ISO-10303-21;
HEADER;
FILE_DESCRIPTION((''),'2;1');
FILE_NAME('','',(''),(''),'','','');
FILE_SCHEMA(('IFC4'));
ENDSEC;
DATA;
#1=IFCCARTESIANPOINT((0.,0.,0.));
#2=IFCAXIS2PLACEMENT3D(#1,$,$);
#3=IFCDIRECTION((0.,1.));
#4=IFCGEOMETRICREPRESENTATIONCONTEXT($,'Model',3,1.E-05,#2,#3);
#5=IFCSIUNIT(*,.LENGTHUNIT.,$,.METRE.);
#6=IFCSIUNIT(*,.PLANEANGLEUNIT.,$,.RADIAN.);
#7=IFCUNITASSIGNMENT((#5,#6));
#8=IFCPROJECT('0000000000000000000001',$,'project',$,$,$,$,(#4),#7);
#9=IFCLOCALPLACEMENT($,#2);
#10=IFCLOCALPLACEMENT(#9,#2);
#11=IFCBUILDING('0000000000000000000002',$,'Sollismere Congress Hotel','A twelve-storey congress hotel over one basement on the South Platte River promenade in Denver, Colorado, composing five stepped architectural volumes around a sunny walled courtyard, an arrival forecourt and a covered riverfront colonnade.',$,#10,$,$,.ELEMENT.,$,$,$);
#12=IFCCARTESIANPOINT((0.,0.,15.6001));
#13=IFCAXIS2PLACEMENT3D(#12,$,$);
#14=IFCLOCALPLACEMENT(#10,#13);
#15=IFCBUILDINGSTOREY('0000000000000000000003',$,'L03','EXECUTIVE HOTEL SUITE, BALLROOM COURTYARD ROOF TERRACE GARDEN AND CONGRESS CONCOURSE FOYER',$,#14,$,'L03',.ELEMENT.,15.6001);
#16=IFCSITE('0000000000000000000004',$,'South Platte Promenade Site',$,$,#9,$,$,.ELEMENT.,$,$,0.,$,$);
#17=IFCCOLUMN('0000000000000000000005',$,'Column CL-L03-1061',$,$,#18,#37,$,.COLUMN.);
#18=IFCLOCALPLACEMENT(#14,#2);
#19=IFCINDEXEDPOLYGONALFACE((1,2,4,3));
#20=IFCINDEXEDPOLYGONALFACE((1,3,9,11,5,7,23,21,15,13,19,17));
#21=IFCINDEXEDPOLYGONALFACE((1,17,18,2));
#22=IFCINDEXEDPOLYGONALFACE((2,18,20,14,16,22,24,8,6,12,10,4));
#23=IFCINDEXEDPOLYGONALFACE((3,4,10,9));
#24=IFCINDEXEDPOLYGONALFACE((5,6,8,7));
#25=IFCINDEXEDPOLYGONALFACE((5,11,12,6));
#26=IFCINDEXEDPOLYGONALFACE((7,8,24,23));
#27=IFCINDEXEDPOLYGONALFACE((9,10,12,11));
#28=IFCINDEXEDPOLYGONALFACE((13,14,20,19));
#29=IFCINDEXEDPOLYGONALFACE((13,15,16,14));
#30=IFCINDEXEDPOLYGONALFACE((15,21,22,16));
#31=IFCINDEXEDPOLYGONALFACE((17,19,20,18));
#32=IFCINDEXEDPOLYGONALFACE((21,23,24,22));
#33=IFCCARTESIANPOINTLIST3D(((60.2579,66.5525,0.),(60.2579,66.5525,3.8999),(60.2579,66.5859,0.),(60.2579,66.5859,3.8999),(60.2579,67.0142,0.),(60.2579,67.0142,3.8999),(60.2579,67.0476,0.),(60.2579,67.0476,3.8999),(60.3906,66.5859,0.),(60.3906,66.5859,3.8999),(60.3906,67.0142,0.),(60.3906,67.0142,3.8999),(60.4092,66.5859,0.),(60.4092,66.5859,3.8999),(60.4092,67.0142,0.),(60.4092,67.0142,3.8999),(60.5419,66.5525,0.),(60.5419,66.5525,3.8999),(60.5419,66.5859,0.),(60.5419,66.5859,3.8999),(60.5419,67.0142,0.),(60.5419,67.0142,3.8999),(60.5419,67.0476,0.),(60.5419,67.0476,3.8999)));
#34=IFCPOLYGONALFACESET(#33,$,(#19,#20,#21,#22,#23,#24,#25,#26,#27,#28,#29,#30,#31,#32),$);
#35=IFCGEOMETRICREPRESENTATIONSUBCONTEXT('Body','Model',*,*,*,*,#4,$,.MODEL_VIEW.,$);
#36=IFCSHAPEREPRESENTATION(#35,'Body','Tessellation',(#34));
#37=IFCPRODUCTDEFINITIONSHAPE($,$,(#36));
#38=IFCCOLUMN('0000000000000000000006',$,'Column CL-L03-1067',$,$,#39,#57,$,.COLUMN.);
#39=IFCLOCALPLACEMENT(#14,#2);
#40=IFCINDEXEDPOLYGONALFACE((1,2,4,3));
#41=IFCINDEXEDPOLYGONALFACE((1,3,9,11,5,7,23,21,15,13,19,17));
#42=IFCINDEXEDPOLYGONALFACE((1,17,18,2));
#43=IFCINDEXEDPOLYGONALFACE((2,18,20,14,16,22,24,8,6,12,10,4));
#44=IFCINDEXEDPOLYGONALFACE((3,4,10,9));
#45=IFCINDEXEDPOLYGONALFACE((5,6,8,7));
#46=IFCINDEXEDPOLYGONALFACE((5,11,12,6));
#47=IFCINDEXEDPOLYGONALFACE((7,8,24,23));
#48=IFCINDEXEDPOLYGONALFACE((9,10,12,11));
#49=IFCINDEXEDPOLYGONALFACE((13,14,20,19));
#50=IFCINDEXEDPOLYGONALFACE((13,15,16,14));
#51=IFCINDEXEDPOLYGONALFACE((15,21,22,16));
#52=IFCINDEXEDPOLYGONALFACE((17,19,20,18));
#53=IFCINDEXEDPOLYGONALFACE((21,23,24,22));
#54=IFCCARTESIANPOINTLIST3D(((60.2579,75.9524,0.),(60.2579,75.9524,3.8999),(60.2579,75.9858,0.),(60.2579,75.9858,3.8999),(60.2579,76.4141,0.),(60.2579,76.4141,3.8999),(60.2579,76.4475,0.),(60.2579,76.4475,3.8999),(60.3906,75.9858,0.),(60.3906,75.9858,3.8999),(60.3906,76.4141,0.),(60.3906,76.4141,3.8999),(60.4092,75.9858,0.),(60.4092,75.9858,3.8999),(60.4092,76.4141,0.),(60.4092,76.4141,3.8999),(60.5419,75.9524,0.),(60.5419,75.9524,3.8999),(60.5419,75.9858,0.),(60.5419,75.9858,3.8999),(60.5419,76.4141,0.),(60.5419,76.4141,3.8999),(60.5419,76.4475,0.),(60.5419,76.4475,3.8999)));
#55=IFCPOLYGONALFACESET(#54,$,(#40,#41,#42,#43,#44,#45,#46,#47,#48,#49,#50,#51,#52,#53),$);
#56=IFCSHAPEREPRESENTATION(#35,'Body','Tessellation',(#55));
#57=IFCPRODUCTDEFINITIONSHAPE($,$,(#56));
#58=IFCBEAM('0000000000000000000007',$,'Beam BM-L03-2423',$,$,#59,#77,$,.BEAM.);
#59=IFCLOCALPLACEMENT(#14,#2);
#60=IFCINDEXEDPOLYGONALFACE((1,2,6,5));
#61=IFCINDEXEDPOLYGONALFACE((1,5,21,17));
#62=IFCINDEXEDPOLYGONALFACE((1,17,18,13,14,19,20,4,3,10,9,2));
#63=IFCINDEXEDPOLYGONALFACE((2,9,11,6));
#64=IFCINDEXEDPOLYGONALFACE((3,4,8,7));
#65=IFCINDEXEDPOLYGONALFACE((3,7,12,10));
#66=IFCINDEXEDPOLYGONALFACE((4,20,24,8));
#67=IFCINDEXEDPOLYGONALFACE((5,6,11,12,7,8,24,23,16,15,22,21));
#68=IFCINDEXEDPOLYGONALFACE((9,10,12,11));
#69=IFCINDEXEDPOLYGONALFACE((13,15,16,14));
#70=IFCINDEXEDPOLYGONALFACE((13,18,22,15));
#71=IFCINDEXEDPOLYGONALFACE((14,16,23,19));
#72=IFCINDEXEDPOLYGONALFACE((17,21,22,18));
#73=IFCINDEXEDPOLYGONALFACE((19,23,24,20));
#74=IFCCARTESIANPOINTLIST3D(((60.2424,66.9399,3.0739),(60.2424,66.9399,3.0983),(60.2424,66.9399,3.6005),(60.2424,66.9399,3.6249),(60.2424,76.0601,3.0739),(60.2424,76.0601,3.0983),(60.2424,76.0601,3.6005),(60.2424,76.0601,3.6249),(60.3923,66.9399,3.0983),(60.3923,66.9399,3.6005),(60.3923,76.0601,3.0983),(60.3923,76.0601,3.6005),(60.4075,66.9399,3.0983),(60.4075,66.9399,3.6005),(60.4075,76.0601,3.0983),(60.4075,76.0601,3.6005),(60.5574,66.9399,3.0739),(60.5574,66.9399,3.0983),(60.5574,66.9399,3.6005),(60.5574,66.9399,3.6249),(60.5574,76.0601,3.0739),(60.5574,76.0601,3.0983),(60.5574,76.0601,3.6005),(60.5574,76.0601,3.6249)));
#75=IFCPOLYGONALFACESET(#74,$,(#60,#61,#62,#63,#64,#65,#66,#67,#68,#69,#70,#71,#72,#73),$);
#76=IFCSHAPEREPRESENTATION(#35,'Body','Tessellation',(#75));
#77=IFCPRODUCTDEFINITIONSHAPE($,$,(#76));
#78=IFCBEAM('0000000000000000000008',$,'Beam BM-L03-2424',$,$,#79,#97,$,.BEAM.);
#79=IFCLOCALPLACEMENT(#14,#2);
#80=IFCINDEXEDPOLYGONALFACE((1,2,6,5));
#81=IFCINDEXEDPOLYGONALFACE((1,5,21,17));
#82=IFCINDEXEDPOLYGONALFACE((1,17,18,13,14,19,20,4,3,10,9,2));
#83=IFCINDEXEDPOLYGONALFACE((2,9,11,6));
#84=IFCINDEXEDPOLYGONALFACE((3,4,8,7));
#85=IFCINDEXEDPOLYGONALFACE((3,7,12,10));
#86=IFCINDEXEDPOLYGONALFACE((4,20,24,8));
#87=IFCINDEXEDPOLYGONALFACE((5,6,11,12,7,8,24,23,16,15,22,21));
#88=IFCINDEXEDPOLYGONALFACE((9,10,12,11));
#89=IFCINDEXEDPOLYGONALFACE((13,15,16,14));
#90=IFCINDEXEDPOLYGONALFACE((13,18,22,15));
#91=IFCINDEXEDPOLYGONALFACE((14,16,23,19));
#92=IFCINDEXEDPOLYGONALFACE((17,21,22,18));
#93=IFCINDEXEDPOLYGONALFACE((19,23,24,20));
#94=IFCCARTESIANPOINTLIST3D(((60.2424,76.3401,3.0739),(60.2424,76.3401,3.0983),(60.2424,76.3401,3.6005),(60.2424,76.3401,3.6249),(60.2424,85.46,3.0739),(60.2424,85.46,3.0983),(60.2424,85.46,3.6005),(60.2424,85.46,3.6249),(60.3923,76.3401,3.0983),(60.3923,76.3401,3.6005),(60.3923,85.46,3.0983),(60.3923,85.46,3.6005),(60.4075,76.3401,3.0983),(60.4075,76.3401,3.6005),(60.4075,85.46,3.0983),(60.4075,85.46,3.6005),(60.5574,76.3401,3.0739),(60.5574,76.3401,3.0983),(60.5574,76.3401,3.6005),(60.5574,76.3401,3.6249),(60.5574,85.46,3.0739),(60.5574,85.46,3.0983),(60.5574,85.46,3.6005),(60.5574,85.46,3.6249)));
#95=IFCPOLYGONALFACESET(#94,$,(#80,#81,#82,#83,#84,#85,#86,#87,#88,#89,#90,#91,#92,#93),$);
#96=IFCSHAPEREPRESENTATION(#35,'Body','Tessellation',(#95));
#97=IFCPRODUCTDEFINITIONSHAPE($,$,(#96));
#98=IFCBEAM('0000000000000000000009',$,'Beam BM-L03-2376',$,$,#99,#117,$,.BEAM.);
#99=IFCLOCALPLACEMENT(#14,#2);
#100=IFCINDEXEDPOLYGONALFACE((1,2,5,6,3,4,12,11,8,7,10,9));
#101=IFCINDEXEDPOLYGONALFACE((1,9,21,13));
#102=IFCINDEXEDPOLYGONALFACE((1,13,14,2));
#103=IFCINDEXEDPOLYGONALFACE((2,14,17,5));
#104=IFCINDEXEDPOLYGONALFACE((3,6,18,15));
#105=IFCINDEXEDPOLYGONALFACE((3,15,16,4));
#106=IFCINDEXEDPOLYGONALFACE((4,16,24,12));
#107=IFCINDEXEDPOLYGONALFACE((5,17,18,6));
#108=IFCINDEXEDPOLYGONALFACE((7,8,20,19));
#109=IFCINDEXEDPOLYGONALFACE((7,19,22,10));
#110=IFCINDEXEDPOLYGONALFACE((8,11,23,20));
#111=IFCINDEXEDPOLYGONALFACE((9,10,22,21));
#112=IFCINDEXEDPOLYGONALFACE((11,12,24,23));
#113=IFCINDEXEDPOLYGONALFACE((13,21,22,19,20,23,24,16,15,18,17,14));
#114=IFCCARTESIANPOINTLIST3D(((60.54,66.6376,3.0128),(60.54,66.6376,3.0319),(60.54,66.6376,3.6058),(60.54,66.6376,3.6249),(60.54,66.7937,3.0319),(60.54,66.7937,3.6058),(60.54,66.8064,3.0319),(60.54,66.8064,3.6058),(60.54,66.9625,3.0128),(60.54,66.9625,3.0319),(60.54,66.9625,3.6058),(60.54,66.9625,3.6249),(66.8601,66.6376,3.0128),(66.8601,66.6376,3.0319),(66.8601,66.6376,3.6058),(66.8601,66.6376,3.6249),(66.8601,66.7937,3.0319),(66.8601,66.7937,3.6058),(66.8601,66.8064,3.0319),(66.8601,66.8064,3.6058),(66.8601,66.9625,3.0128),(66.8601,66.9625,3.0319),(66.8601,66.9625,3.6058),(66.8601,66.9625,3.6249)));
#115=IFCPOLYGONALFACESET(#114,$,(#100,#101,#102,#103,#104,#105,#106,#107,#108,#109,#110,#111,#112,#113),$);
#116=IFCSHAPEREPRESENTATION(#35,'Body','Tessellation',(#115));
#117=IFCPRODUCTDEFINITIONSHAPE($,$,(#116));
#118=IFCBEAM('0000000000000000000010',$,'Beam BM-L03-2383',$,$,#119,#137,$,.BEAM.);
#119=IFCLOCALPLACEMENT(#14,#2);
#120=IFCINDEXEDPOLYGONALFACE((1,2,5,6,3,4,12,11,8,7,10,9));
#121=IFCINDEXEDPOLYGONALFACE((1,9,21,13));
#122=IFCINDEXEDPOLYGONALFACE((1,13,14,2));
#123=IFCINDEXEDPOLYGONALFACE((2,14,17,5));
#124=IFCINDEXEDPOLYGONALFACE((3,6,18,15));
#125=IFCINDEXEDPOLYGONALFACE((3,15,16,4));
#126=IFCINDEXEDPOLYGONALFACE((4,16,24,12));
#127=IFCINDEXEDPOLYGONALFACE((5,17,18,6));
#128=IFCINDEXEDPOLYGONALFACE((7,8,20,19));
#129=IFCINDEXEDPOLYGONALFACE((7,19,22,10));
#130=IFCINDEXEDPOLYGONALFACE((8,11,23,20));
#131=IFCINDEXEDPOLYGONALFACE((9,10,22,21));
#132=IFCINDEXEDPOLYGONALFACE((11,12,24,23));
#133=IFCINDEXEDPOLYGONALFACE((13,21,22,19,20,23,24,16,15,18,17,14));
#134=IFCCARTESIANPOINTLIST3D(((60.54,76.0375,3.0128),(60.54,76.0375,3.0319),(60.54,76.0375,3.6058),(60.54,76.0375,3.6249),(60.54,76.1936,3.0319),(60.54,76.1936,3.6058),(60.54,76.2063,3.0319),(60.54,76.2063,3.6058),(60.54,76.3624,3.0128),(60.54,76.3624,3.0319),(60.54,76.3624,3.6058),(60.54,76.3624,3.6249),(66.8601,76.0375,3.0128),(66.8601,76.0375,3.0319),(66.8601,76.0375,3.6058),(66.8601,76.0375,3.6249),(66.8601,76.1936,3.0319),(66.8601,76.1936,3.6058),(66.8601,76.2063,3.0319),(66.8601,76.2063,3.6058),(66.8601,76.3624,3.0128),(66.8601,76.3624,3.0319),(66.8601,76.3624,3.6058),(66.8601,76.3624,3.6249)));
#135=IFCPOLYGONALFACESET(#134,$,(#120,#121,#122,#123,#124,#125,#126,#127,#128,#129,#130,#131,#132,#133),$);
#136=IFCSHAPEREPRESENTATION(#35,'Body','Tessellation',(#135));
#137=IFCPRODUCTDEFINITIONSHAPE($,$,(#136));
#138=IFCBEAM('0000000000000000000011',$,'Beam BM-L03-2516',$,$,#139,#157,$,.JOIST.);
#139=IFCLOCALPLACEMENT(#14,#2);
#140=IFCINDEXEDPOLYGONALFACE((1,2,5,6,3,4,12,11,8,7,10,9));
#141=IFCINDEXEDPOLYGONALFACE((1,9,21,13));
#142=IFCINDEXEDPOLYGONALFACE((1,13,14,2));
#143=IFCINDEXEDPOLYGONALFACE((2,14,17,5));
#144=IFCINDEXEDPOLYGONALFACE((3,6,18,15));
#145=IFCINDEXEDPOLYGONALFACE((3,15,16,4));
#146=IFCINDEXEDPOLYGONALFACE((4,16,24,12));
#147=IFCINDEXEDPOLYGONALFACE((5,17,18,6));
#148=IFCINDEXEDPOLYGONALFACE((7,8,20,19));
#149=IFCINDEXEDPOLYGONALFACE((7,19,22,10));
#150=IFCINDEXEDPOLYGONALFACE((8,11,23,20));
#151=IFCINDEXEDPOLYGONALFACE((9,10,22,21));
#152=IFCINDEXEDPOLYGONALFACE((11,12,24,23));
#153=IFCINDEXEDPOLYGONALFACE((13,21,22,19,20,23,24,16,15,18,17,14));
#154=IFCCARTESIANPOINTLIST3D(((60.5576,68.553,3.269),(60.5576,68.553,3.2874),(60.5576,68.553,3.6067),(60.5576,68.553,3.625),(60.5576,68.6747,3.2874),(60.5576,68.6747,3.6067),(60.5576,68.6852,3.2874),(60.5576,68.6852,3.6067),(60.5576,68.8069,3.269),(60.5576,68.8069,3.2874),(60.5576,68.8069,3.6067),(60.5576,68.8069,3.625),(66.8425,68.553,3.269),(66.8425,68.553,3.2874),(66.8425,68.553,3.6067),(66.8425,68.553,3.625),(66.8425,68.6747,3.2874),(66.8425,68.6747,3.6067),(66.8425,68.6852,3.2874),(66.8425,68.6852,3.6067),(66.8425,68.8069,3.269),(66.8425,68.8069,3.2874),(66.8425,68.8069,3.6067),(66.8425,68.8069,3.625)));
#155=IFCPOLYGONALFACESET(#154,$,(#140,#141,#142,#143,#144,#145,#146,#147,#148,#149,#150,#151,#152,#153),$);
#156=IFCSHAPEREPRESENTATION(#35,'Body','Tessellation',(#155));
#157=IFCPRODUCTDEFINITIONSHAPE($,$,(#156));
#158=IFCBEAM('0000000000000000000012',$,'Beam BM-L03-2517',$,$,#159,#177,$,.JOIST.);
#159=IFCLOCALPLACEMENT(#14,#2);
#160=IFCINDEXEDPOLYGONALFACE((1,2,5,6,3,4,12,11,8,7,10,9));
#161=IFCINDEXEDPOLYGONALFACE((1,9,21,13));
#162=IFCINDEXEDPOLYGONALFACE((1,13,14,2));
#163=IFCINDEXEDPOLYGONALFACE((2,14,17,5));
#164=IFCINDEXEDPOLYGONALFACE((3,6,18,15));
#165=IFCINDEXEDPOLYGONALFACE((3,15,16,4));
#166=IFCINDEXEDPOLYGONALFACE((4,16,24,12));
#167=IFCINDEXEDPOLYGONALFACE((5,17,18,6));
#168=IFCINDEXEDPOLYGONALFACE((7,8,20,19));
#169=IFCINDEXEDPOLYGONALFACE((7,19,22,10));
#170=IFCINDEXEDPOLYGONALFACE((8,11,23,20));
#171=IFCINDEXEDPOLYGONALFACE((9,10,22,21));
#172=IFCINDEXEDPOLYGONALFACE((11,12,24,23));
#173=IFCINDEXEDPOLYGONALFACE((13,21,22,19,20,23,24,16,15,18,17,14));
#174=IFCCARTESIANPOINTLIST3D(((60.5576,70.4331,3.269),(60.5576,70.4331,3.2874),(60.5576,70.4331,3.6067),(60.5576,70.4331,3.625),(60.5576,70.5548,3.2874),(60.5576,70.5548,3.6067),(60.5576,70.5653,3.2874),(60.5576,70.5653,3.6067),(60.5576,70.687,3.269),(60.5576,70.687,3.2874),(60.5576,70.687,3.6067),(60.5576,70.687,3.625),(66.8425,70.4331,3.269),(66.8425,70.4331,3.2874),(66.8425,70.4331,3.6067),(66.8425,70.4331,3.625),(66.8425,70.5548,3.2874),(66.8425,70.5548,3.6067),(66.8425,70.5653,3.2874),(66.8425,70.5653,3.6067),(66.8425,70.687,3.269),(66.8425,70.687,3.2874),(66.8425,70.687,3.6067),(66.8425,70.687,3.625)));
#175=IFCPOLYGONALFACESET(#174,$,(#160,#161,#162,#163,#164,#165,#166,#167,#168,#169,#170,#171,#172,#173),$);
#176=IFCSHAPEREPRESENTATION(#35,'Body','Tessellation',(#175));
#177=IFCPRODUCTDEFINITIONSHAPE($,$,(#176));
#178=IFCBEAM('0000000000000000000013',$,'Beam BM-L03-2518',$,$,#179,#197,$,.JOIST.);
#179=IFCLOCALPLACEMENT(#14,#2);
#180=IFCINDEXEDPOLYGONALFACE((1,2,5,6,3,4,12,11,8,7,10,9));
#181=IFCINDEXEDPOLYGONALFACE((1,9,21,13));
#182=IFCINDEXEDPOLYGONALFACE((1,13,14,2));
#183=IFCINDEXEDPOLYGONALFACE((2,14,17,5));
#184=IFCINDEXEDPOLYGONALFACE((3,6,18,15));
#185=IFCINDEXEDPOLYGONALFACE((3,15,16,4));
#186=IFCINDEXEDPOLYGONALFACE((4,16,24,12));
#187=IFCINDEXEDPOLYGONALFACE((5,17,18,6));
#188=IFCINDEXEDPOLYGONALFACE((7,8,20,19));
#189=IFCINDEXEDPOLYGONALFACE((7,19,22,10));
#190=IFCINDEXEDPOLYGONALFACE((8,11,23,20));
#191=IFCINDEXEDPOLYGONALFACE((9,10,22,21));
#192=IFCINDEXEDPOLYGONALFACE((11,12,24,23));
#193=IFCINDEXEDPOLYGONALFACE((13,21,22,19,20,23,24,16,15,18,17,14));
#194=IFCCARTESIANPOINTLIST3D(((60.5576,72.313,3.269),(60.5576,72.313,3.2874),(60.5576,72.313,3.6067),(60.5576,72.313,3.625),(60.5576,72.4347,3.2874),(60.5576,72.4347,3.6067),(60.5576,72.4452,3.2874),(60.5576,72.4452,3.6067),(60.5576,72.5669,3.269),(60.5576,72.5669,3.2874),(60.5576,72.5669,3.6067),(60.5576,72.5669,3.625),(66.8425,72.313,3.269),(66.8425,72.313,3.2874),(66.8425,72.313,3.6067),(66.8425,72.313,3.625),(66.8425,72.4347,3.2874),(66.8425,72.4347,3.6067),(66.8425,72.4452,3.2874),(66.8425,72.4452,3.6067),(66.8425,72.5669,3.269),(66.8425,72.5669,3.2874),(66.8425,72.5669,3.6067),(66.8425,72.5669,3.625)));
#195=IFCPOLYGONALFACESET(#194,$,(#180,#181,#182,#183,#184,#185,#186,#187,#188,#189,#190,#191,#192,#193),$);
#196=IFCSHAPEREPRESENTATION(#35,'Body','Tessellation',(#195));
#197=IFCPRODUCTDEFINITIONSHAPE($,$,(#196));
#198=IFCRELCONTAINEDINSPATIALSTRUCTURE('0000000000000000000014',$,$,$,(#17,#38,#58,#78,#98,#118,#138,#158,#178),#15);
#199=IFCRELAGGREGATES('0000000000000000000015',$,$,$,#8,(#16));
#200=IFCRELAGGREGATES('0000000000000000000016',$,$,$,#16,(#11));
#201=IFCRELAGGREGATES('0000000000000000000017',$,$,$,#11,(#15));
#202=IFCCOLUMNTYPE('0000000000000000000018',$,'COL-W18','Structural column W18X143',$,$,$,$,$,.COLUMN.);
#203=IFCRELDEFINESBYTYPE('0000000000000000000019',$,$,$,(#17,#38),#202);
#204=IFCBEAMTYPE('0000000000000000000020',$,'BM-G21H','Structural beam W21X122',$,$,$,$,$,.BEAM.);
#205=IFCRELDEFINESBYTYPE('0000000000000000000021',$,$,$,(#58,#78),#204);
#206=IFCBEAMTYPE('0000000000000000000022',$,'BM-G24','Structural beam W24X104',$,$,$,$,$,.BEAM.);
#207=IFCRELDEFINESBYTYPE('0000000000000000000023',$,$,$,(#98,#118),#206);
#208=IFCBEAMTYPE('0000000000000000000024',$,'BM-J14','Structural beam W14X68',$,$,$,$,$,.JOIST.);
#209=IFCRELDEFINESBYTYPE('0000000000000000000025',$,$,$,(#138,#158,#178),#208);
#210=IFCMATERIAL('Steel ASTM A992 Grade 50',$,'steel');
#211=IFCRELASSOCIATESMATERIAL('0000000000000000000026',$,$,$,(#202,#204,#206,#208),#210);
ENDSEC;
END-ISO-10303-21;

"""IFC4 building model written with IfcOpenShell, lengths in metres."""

from ifc_helpers import new_model, si_unit, direction, frame, origin, origin_2d, place, context, subcontext, project, spatial, i_section, extrude, material, material_profile, profile_set, type_object, element, save


model = new_model("IFC4")

# Units and contexts
model_context = context("Model", 3, precision=1e-05, world=origin(), true_north=direction((0.0, 1.0)))
body_context = subcontext(model_context, "Body", "Model", "MODEL_VIEW")
ifc_project = project(units=[si_unit("LENGTHUNIT", "METRE"), si_unit("PLANEANGLEUNIT", "RADIAN")], contexts=[model_context])

# Site, building, storey
site_placement = place(None, origin())
site = spatial("IfcSite", under=ifc_project, at=site_placement, Name="South Platte Promenade Site", CompositionType="ELEMENT", RefElevation=0.0)
building_placement = place(site_placement, origin())
building = spatial("IfcBuilding", under=site, at=building_placement, Name="Sollismere Congress Hotel", Description="A twelve-storey congress hotel over one basement on the South Platte River promenade in Denver, Colorado, composing five stepped architectural volumes around a sunny walled courtyard, an arrival forecourt and a covered riverfront colonnade.", CompositionType="ELEMENT")
storey_placement = place(building_placement, frame((0.0, 0.0, 15.6001)))
storey = spatial("IfcBuildingStorey", under=building, at=storey_placement, Name="L03", Description="EXECUTIVE HOTEL SUITE, BALLROOM COURTYARD ROOF TERRACE GARDEN AND CONGRESS CONCOURSE FOYER", LongName="L03", CompositionType="ELEMENT", Elevation=15.6001)

# Columns
ifc_material_1 = material(Name="Steel ASTM A992 Grade 50", Category="steel")
ifc_material_profile_1 = material_profile(ifc_material_1, i_section(OverallWidth=0.2839, OverallDepth=0.4951, WebThickness=0.0186, FlangeThickness=0.0334, at=origin_2d()), Name="W18X143")
ifc_profile_set_1 = profile_set([ifc_material_profile_1], Name="Steel ASTM A992 Grade 50")
column_type = type_object("IfcColumnType", Name="COL-W18", Description="Structural column W18X143", PredefinedType="COLUMN", material=ifc_profile_set_1)
for number, where, z_axis, x_axis, name in (
    (1, (60.3999, 66.8, 0.0), (0.0, 0.0, 1.0), (1.0, 0.0, 0.0), "Column CL-L03-1061"),
    (2, (60.3999, 76.2, 0.0), (0.0, 0.0, 1.0), (1.0, 0.0, 0.0), "Column CL-L03-1067"),
):
    element("IfcColumn", number, at=place(storey_placement, frame(where, z_axis=z_axis, x_axis=x_axis)), inside=storey, type_object=column_type, Name=name, PredefinedType="COLUMN", context=body_context, shape_type="SweptSolid", body=[
        extrude(i_section(OverallWidth=0.2839, OverallDepth=0.4951, WebThickness=0.0186, FlangeThickness=0.0334, at=origin_2d()), origin(), (0.0, 0.0, 1.0), 3.8999),
    ])

# Beams
ifc_material_profile_2 = material_profile(ifc_material_1, i_section(OverallWidth=0.3149, OverallDepth=0.551, WebThickness=0.0151, FlangeThickness=0.0244, at=origin_2d()), Name="W21X122")
ifc_profile_set_2 = profile_set([ifc_material_profile_2], Name="Steel ASTM A992 Grade 50")
beam_type_1 = type_object("IfcBeamType", Name="BM-G21H", Description="Structural beam W21X122", PredefinedType="BEAM", material=ifc_profile_set_2)
beam_1_placement = place(storey_placement, frame((60.3999, 66.9399, 3.3494), z_axis=(0.0, 1.0, 0.0), x_axis=(-1.0, 0.0, 0.0)))
element("IfcBeam", 3, at=beam_1_placement, inside=storey, type_object=beam_type_1, Name="Beam BM-L03-2423", PredefinedType="BEAM", context=body_context, shape_type="SweptSolid", body=[
    extrude(i_section(OverallWidth=0.3149, OverallDepth=0.551, WebThickness=0.0151, FlangeThickness=0.0244, at=origin_2d()), origin(), (0.0, 0.0, 1.0), 9.1201),
])
beam_2_placement = place(storey_placement, frame((60.3999, 76.3401, 3.3494), z_axis=(0.0, 1.0, 0.0), x_axis=(-1.0, 0.0, 0.0)))
element("IfcBeam", 4, at=beam_2_placement, inside=storey, type_object=beam_type_1, Name="Beam BM-L03-2424", PredefinedType="BEAM", context=body_context, shape_type="SweptSolid", body=[
    extrude(i_section(OverallWidth=0.3149, OverallDepth=0.551, WebThickness=0.0151, FlangeThickness=0.0244, at=origin_2d()), origin(), (0.0, 0.0, 1.0), 9.1199),
])
ifc_material_profile_3 = material_profile(ifc_material_1, i_section(OverallWidth=0.325, OverallDepth=0.6121, WebThickness=0.0127, FlangeThickness=0.019, at=origin_2d()), Name="W24X104")
ifc_profile_set_3 = profile_set([ifc_material_profile_3], Name="Steel ASTM A992 Grade 50")
beam_type_2 = type_object("IfcBeamType", Name="BM-G24", Description="Structural beam W24X104", PredefinedType="BEAM", material=ifc_profile_set_3)
for number, where, z_axis, x_axis, name in (
    (5, (60.54, 66.8, 3.3188), (1.0, 0.0, 0.0), (0.0, 1.0, 0.0), "Beam BM-L03-2376"),
    (6, (60.54, 76.2, 3.3188), (1.0, 0.0, 0.0), (0.0, 1.0, 0.0), "Beam BM-L03-2383"),
):
    element("IfcBeam", number, at=place(storey_placement, frame(where, z_axis=z_axis, x_axis=x_axis)), inside=storey, type_object=beam_type_2, Name=name, PredefinedType="BEAM", context=body_context, shape_type="SweptSolid", body=[
        extrude(i_section(OverallWidth=0.325, OverallDepth=0.6121, WebThickness=0.0127, FlangeThickness=0.019, at=origin_2d()), origin(), (0.0, 0.0, 1.0), 6.3201),
    ])
ifc_material_profile_4 = material_profile(ifc_material_1, i_section(OverallWidth=0.2539, OverallDepth=0.356, WebThickness=0.0105, FlangeThickness=0.0183, at=origin_2d()), Name="W14X68")
ifc_profile_set_4 = profile_set([ifc_material_profile_4], Name="Steel ASTM A992 Grade 50")
beam_type_3 = type_object("IfcBeamType", Name="BM-J14", Description="Structural beam W14X68", PredefinedType="JOIST", material=ifc_profile_set_4)
for number, where, z_axis, x_axis, name in (
    (7, (60.5576, 68.6799, 3.447), (1.0, 0.0, 0.0), (0.0, 1.0, 0.0), "Beam BM-L03-2516"),
    (8, (60.5576, 70.5601, 3.447), (1.0, 0.0, 0.0), (0.0, 1.0, 0.0), "Beam BM-L03-2517"),
    (9, (60.5576, 72.4399, 3.447), (1.0, 0.0, 0.0), (0.0, 1.0, 0.0), "Beam BM-L03-2518"),
):
    element("IfcBeam", number, at=place(storey_placement, frame(where, z_axis=z_axis, x_axis=x_axis)), inside=storey, type_object=beam_type_3, Name=name, PredefinedType="JOIST", context=body_context, shape_type="SweptSolid", body=[
        extrude(i_section(OverallWidth=0.2539, OverallDepth=0.356, WebThickness=0.0105, FlangeThickness=0.0183, at=origin_2d()), origin(), (0.0, 0.0, 1.0), 6.2849),
    ])

save(model, "model.ifc")
